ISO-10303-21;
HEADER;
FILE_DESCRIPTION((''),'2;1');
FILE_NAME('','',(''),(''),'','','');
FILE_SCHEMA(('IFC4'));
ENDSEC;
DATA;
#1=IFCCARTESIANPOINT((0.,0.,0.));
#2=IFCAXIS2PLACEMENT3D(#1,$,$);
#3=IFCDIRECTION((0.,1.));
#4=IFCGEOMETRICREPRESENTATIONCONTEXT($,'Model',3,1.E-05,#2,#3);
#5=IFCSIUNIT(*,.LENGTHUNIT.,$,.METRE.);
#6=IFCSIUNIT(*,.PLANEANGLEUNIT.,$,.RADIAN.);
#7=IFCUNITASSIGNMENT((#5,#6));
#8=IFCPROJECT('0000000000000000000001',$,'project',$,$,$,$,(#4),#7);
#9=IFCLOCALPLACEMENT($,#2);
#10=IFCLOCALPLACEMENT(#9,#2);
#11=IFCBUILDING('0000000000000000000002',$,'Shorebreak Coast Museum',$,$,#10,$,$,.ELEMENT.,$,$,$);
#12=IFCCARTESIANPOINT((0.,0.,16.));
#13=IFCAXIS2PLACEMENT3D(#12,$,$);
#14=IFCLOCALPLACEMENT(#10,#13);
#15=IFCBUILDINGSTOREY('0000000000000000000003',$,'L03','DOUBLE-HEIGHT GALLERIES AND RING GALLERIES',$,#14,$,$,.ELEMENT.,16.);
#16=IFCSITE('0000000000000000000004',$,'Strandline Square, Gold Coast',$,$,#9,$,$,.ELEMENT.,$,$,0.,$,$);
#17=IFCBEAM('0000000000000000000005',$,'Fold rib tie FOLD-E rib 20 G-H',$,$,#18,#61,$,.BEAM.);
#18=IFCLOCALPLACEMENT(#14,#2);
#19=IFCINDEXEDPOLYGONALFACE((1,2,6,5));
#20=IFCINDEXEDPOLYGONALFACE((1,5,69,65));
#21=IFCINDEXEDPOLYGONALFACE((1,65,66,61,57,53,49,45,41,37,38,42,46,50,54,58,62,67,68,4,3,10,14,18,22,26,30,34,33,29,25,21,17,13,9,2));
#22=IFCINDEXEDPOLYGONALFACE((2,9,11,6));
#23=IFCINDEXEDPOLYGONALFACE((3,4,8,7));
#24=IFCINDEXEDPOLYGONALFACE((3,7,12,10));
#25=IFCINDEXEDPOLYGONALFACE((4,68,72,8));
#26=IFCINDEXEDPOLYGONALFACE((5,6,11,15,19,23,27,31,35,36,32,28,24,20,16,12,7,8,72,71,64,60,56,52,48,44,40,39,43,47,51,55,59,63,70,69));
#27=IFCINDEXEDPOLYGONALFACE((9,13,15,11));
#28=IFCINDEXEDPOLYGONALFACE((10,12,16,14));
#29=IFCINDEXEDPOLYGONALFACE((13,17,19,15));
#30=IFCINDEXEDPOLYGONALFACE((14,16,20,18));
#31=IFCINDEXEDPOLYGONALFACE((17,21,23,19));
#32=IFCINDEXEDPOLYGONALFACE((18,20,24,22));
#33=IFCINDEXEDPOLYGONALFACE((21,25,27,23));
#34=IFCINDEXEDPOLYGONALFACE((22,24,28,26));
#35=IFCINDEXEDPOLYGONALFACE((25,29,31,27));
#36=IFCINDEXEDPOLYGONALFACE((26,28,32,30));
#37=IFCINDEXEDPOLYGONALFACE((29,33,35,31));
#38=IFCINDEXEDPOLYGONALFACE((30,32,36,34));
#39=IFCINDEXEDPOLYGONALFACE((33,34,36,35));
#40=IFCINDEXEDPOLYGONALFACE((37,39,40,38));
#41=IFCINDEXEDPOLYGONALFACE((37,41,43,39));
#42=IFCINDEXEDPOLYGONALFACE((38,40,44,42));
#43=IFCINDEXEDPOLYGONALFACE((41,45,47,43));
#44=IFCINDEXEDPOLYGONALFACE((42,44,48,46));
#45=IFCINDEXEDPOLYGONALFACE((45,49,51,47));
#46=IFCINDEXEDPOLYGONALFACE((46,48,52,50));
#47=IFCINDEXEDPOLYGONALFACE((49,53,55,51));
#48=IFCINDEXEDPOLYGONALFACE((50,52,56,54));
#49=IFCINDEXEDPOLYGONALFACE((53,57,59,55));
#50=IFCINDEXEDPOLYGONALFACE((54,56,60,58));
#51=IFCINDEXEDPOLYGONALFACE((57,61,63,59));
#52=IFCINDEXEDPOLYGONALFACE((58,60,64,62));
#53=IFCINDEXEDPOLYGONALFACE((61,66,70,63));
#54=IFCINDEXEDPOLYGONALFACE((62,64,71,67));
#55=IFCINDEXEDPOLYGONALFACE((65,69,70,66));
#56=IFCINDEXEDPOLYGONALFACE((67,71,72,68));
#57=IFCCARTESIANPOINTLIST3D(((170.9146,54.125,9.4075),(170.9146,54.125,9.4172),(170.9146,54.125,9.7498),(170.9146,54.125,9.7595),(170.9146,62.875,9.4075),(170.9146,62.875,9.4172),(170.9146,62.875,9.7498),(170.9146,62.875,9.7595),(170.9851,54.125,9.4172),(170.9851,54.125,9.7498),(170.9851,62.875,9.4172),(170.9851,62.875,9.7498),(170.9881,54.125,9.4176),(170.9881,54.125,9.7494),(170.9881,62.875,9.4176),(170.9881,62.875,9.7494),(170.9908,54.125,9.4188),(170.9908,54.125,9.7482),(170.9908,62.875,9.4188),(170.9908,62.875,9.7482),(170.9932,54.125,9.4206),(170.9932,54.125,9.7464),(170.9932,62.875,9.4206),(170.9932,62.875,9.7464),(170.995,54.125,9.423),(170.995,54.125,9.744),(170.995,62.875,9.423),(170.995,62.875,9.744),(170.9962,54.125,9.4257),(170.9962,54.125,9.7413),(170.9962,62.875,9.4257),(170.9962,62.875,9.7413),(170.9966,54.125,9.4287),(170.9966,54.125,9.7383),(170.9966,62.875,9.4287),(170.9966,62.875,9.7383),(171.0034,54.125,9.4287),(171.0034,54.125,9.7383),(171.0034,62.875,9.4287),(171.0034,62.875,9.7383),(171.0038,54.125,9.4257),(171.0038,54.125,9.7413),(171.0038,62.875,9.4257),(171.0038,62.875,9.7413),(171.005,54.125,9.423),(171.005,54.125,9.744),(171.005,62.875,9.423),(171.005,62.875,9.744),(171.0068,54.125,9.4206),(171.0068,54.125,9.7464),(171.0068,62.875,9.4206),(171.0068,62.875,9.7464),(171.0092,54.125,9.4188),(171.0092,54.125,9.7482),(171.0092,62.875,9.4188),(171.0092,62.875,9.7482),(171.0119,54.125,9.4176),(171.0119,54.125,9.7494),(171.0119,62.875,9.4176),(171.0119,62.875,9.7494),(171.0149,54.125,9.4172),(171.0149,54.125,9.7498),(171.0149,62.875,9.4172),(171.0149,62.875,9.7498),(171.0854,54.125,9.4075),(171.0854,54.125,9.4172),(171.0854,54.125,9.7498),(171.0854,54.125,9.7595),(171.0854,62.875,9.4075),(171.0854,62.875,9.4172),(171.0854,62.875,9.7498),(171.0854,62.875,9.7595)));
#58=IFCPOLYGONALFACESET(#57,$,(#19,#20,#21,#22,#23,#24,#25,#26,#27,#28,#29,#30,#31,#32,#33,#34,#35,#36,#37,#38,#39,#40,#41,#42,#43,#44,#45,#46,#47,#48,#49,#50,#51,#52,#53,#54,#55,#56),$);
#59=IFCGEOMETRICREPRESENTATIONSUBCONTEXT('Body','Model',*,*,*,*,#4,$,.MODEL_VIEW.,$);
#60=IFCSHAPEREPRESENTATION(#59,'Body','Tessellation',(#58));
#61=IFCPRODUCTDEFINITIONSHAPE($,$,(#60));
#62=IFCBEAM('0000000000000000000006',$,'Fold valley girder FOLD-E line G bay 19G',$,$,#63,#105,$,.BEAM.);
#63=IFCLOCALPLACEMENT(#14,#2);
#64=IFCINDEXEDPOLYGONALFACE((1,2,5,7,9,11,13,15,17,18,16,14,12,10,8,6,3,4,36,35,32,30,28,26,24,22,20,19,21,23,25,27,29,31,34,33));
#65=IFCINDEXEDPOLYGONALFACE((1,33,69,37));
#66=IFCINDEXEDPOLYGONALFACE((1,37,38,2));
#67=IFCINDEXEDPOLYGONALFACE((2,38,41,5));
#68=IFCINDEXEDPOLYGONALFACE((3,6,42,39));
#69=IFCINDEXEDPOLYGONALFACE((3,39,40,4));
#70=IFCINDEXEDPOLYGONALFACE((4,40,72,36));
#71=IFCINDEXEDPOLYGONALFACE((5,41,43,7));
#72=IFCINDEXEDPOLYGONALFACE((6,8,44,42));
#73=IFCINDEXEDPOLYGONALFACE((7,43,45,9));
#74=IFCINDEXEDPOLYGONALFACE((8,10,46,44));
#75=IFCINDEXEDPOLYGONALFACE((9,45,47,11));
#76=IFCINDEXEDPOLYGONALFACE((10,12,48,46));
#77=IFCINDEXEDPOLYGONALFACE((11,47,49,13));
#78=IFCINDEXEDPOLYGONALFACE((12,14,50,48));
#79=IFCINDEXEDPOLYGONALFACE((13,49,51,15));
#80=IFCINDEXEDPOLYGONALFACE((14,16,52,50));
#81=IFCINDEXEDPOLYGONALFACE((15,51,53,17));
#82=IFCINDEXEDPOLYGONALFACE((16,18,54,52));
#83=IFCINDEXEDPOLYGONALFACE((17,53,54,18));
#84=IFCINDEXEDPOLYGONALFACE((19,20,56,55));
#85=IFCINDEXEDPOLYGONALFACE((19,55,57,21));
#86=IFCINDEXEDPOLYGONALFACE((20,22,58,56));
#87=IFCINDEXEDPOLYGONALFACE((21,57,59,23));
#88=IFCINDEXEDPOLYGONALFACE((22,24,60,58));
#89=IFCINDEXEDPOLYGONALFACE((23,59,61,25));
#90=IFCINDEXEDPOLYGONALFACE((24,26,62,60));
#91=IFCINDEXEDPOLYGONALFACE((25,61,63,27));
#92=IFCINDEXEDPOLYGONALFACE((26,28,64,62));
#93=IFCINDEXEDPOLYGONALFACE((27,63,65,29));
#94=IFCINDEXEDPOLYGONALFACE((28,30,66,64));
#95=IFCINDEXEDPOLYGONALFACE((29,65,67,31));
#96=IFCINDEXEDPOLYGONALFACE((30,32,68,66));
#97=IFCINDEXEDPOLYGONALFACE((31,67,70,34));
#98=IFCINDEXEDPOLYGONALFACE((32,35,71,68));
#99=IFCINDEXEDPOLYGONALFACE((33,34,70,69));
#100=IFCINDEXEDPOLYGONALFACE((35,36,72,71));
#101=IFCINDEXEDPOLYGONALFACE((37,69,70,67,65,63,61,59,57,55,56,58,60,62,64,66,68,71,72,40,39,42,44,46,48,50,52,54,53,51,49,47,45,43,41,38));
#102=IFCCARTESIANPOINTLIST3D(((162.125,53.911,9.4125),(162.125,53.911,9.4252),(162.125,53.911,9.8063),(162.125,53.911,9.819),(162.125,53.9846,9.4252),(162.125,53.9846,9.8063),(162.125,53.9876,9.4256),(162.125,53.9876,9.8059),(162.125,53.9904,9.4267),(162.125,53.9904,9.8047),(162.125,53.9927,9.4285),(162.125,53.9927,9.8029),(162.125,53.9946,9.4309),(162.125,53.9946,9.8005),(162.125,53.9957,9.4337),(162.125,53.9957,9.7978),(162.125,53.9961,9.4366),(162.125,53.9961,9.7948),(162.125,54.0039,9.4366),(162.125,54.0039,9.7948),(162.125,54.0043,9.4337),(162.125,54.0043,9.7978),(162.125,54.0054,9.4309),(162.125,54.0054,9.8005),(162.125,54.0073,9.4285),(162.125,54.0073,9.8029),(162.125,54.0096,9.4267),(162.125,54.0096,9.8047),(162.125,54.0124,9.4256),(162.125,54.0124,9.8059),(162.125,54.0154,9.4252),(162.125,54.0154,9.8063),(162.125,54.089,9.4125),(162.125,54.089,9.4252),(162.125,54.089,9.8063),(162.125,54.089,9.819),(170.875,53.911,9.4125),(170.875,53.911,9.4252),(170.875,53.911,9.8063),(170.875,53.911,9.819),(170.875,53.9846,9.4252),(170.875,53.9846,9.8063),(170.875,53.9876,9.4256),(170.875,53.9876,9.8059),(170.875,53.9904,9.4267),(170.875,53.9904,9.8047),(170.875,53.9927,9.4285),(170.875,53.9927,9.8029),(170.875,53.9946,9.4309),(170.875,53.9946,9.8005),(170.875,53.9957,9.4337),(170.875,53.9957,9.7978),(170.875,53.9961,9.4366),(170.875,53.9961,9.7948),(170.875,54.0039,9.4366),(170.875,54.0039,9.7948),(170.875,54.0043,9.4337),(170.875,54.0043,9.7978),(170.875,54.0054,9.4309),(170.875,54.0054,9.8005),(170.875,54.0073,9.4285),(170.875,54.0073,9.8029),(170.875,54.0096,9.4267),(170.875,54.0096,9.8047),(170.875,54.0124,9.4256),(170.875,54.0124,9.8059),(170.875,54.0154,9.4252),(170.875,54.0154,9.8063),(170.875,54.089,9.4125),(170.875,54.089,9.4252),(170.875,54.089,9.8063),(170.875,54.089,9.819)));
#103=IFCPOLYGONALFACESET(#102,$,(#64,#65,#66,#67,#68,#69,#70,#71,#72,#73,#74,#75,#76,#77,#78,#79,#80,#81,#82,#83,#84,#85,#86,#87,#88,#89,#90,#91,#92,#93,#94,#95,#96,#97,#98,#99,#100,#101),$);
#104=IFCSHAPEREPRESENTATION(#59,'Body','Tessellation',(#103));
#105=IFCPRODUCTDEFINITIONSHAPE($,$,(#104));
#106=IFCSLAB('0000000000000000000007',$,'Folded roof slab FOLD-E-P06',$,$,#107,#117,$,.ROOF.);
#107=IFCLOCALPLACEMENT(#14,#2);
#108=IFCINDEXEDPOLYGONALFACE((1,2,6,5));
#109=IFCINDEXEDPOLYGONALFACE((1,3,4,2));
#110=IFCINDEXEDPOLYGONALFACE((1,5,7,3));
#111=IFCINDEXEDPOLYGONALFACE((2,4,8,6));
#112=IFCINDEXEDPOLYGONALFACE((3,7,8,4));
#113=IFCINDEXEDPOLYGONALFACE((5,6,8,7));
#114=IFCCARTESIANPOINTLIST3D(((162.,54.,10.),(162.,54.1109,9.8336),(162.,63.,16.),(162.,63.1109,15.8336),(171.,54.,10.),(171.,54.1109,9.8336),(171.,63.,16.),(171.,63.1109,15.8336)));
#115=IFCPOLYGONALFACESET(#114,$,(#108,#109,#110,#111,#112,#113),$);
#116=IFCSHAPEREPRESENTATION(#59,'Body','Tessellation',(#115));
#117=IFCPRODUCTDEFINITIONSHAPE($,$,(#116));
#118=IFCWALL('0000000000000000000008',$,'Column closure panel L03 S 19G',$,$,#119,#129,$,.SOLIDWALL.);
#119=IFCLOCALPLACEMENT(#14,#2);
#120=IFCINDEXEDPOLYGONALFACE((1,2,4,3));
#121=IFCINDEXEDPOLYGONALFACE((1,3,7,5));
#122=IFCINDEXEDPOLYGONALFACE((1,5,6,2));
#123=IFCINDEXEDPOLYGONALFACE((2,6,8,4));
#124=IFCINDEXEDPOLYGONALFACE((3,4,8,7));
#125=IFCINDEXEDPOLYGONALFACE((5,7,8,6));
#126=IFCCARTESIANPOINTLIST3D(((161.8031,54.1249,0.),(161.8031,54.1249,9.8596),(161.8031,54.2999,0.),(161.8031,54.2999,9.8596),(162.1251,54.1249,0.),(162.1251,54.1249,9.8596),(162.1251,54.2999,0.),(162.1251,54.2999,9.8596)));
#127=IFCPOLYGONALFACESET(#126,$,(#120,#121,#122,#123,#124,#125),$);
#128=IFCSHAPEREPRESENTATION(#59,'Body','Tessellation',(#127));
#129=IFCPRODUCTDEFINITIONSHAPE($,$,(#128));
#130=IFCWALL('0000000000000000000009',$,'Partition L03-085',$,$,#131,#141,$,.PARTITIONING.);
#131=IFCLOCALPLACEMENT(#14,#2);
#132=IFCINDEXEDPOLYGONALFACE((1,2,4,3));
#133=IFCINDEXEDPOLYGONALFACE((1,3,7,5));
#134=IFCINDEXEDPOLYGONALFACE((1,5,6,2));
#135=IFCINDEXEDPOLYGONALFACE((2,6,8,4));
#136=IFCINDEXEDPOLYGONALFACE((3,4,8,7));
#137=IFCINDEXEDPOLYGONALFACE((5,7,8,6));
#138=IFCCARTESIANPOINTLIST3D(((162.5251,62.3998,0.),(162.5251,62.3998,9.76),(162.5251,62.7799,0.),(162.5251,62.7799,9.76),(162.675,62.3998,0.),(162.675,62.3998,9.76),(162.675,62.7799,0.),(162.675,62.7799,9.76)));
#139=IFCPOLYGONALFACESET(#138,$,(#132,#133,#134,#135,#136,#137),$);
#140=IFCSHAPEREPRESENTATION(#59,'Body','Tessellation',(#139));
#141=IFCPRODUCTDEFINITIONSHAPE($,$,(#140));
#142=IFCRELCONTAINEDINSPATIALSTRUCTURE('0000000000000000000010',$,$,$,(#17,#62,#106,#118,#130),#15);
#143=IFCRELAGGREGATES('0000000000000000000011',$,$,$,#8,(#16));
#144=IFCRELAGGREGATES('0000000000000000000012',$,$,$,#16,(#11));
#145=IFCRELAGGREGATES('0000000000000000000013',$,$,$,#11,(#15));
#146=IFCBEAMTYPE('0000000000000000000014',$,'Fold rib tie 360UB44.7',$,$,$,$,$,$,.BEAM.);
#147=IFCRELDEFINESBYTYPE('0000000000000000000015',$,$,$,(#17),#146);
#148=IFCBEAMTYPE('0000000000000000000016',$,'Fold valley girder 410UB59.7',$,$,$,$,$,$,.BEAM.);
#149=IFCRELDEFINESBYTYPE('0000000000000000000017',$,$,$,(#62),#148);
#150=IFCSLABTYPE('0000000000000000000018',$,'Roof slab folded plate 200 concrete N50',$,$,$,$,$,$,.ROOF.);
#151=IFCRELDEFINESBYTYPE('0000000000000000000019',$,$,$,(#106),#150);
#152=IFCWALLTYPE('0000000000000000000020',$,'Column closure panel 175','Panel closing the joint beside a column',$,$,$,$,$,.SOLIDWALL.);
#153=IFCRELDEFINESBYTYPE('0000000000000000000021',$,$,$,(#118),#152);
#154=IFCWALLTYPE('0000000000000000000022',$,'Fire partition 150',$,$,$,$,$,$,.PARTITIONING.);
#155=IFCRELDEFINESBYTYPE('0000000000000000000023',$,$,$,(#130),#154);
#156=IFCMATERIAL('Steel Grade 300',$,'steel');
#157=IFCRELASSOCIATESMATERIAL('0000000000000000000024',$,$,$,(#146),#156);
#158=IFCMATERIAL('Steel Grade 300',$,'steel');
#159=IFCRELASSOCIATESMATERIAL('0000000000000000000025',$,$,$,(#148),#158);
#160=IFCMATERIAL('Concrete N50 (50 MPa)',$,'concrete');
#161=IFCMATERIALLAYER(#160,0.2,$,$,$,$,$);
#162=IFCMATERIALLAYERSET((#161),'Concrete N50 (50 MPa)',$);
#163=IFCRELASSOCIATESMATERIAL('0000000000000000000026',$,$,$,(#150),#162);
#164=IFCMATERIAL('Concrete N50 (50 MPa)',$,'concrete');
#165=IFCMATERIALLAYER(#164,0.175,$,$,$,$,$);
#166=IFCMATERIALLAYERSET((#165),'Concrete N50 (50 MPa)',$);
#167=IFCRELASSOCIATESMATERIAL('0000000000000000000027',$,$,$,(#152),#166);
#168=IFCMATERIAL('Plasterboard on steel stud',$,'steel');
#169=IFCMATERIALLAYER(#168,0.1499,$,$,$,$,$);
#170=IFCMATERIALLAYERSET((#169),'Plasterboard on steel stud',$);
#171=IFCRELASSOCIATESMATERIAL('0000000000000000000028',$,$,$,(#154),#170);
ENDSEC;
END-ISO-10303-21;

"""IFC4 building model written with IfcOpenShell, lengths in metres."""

from ifc_helpers import new_model, si_unit, direction, frame, frame_2d, origin, origin_2d, place, context, subcontext, project, spatial, polyline, rectangle, i_section, outline, extrude, material, layer, layer_set, material_profile, profile_set, type_object, element, save


model = new_model("IFC4")

# Units and contexts
model_context = context("Model", 3, precision=1e-05, world=origin(), true_north=direction((0.0, 1.0)))
body_context = subcontext(model_context, "Body", "Model", "MODEL_VIEW")
ifc_project = project(units=[si_unit("LENGTHUNIT", "METRE"), si_unit("PLANEANGLEUNIT", "RADIAN")], contexts=[model_context])

# Site, building, storey
site_placement = place(None, origin())
site = spatial("IfcSite", under=ifc_project, at=site_placement, Name="Strandline Square, Gold Coast", CompositionType="ELEMENT", RefElevation=0.0)
building_placement = place(site_placement, origin())
building = spatial("IfcBuilding", under=site, at=building_placement, Name="Shorebreak Coast Museum", CompositionType="ELEMENT")
storey_placement = place(building_placement, frame((0.0, 0.0, 16.0)))
storey = spatial("IfcBuildingStorey", under=building, at=storey_placement, Name="L03", Description="DOUBLE-HEIGHT GALLERIES AND RING GALLERIES", CompositionType="ELEMENT", Elevation=16.0)

# Beams
ifc_material_1 = material(Name="Steel Grade 300", Category="steel")
ifc_material_profile_1 = material_profile(ifc_material_1, i_section(OverallWidth=0.1709, OverallDepth=0.3521, WebThickness=0.0068, FlangeThickness=0.0098, FilletRadius=0.0115, at=origin_2d()), Name="360UB44.7")
ifc_profile_set_1 = profile_set([ifc_material_profile_1], Name="Steel Grade 300")
beam_type_1 = type_object("IfcBeamType", Name="Fold rib tie 360UB44.7", PredefinedType="BEAM", material=ifc_profile_set_1)
beam_1_placement = place(storey_placement, frame((171.0, 54.125, 9.5835), z_axis=(0.0, 1.0, 0.0), x_axis=(-1.0, 0.0, 0.0)))
element("IfcBeam", 1, at=beam_1_placement, inside=storey, type_object=beam_type_1, Name="Fold rib tie FOLD-E rib 20 G-H", PredefinedType="BEAM", context=body_context, shape_type="SweptSolid", body=[
    extrude(i_section(OverallWidth=0.1709, OverallDepth=0.3521, WebThickness=0.0068, FlangeThickness=0.0098, FilletRadius=0.0115, at=origin_2d()), origin(), (0.0, 0.0, 1.0), 8.75),
])
ifc_material_2 = material(Name="Steel Grade 300", Category="steel")
ifc_material_profile_2 = material_profile(ifc_material_2, i_section(OverallWidth=0.178, OverallDepth=0.4065, WebThickness=0.0078, FlangeThickness=0.0127, FilletRadius=0.0115, at=origin_2d()), Name="410UB59.7")
ifc_profile_set_2 = profile_set([ifc_material_profile_2], Name="Steel Grade 300")
beam_type_2 = type_object("IfcBeamType", Name="Fold valley girder 410UB59.7", PredefinedType="BEAM", material=ifc_profile_set_2)
beam_2_placement = place(storey_placement, frame((162.125, 54.0, 9.6157), z_axis=(1.0, 0.0, 0.0), x_axis=(0.0, 1.0, 0.0)))
element("IfcBeam", 2, at=beam_2_placement, inside=storey, type_object=beam_type_2, Name="Fold valley girder FOLD-E line G bay 19G", PredefinedType="BEAM", context=body_context, shape_type="SweptSolid", body=[
    extrude(i_section(OverallWidth=0.178, OverallDepth=0.4065, WebThickness=0.0078, FlangeThickness=0.0127, FilletRadius=0.0115, at=origin_2d()), origin(), (0.0, 0.0, 1.0), 8.75),
])

# Slab
ifc_material_3 = material(Name="Concrete N50 (50 MPa)", Category="concrete")
ifc_layer_1 = layer(ifc_material_3, 0.2)
ifc_layer_set_1 = layer_set([ifc_layer_1], Name="Concrete N50 (50 MPa)")
slab_type = type_object("IfcSlabType", Name="Roof slab folded plate 200 concrete N50", PredefinedType="ROOF", material=ifc_layer_set_1)
slab_placement = place(storey_placement, frame((162.0, 54.0, 10.0), z_axis=(0.0, -0.5547, 0.83205), x_axis=(1.0, 0.0, 0.0)))
element("IfcSlab", 3, at=slab_placement, inside=storey, type_object=slab_type, Name="Folded roof slab FOLD-E-P06", PredefinedType="ROOF", context=body_context, shape_type="SweptSolid", body=[
    extrude(outline(polyline([(0.0, 0.0), (9.0, 0.0), (9.0, 10.8167), (0.0, 10.8167), (0.0, 0.0)])), origin(), (0.0, 0.0, -1.0), 0.2),
])

# Walls
ifc_material_4 = material(Name="Concrete N50 (50 MPa)", Category="concrete")
ifc_layer_2 = layer(ifc_material_4, 0.175)
ifc_layer_set_2 = layer_set([ifc_layer_2], Name="Concrete N50 (50 MPa)")
wall_type_1 = type_object("IfcWallType", Name="Column closure panel 175", Description="Panel closing the joint beside a column", PredefinedType="SOLIDWALL", material=ifc_layer_set_2)
wall_1_placement = place(storey_placement, frame((161.803, 54.2124, 0.0), z_axis=(0.0, 0.0, 1.0), x_axis=(1.0, 0.0, 0.0)))
element("IfcWall", 4, at=wall_1_placement, inside=storey, type_object=wall_type_1, Name="Column closure panel L03 S 19G", PredefinedType="SOLIDWALL", context=body_context, shape_type="SweptSolid", body=[
    extrude(rectangle(XDim=0.322, YDim=0.175, at=frame_2d((0.1611, 0.0))), origin(), (0.0, 0.0, 1.0), 9.8596),
])
ifc_material_5 = material(Name="Plasterboard on steel stud", Category="steel")
ifc_layer_3 = layer(ifc_material_5, 0.1499)
ifc_layer_set_3 = layer_set([ifc_layer_3], Name="Plasterboard on steel stud")
wall_type_2 = type_object("IfcWallType", Name="Fire partition 150", PredefinedType="PARTITIONING", material=ifc_layer_set_3)
wall_2_placement = place(storey_placement, frame((162.6001, 62.3999, 0.0), z_axis=(0.0, 0.0, 1.0), x_axis=(0.0, 1.0, 0.0)))
element("IfcWall", 5, at=wall_2_placement, inside=storey, type_object=wall_type_2, Name="Partition L03-085", PredefinedType="PARTITIONING", context=body_context, shape_type="SweptSolid", body=[
    extrude(rectangle(XDim=0.3801, YDim=0.1499, at=frame_2d((0.1899, 0.0))), origin(), (0.0, 0.0, 1.0), 9.76),
])

save(model, "model.ifc")
